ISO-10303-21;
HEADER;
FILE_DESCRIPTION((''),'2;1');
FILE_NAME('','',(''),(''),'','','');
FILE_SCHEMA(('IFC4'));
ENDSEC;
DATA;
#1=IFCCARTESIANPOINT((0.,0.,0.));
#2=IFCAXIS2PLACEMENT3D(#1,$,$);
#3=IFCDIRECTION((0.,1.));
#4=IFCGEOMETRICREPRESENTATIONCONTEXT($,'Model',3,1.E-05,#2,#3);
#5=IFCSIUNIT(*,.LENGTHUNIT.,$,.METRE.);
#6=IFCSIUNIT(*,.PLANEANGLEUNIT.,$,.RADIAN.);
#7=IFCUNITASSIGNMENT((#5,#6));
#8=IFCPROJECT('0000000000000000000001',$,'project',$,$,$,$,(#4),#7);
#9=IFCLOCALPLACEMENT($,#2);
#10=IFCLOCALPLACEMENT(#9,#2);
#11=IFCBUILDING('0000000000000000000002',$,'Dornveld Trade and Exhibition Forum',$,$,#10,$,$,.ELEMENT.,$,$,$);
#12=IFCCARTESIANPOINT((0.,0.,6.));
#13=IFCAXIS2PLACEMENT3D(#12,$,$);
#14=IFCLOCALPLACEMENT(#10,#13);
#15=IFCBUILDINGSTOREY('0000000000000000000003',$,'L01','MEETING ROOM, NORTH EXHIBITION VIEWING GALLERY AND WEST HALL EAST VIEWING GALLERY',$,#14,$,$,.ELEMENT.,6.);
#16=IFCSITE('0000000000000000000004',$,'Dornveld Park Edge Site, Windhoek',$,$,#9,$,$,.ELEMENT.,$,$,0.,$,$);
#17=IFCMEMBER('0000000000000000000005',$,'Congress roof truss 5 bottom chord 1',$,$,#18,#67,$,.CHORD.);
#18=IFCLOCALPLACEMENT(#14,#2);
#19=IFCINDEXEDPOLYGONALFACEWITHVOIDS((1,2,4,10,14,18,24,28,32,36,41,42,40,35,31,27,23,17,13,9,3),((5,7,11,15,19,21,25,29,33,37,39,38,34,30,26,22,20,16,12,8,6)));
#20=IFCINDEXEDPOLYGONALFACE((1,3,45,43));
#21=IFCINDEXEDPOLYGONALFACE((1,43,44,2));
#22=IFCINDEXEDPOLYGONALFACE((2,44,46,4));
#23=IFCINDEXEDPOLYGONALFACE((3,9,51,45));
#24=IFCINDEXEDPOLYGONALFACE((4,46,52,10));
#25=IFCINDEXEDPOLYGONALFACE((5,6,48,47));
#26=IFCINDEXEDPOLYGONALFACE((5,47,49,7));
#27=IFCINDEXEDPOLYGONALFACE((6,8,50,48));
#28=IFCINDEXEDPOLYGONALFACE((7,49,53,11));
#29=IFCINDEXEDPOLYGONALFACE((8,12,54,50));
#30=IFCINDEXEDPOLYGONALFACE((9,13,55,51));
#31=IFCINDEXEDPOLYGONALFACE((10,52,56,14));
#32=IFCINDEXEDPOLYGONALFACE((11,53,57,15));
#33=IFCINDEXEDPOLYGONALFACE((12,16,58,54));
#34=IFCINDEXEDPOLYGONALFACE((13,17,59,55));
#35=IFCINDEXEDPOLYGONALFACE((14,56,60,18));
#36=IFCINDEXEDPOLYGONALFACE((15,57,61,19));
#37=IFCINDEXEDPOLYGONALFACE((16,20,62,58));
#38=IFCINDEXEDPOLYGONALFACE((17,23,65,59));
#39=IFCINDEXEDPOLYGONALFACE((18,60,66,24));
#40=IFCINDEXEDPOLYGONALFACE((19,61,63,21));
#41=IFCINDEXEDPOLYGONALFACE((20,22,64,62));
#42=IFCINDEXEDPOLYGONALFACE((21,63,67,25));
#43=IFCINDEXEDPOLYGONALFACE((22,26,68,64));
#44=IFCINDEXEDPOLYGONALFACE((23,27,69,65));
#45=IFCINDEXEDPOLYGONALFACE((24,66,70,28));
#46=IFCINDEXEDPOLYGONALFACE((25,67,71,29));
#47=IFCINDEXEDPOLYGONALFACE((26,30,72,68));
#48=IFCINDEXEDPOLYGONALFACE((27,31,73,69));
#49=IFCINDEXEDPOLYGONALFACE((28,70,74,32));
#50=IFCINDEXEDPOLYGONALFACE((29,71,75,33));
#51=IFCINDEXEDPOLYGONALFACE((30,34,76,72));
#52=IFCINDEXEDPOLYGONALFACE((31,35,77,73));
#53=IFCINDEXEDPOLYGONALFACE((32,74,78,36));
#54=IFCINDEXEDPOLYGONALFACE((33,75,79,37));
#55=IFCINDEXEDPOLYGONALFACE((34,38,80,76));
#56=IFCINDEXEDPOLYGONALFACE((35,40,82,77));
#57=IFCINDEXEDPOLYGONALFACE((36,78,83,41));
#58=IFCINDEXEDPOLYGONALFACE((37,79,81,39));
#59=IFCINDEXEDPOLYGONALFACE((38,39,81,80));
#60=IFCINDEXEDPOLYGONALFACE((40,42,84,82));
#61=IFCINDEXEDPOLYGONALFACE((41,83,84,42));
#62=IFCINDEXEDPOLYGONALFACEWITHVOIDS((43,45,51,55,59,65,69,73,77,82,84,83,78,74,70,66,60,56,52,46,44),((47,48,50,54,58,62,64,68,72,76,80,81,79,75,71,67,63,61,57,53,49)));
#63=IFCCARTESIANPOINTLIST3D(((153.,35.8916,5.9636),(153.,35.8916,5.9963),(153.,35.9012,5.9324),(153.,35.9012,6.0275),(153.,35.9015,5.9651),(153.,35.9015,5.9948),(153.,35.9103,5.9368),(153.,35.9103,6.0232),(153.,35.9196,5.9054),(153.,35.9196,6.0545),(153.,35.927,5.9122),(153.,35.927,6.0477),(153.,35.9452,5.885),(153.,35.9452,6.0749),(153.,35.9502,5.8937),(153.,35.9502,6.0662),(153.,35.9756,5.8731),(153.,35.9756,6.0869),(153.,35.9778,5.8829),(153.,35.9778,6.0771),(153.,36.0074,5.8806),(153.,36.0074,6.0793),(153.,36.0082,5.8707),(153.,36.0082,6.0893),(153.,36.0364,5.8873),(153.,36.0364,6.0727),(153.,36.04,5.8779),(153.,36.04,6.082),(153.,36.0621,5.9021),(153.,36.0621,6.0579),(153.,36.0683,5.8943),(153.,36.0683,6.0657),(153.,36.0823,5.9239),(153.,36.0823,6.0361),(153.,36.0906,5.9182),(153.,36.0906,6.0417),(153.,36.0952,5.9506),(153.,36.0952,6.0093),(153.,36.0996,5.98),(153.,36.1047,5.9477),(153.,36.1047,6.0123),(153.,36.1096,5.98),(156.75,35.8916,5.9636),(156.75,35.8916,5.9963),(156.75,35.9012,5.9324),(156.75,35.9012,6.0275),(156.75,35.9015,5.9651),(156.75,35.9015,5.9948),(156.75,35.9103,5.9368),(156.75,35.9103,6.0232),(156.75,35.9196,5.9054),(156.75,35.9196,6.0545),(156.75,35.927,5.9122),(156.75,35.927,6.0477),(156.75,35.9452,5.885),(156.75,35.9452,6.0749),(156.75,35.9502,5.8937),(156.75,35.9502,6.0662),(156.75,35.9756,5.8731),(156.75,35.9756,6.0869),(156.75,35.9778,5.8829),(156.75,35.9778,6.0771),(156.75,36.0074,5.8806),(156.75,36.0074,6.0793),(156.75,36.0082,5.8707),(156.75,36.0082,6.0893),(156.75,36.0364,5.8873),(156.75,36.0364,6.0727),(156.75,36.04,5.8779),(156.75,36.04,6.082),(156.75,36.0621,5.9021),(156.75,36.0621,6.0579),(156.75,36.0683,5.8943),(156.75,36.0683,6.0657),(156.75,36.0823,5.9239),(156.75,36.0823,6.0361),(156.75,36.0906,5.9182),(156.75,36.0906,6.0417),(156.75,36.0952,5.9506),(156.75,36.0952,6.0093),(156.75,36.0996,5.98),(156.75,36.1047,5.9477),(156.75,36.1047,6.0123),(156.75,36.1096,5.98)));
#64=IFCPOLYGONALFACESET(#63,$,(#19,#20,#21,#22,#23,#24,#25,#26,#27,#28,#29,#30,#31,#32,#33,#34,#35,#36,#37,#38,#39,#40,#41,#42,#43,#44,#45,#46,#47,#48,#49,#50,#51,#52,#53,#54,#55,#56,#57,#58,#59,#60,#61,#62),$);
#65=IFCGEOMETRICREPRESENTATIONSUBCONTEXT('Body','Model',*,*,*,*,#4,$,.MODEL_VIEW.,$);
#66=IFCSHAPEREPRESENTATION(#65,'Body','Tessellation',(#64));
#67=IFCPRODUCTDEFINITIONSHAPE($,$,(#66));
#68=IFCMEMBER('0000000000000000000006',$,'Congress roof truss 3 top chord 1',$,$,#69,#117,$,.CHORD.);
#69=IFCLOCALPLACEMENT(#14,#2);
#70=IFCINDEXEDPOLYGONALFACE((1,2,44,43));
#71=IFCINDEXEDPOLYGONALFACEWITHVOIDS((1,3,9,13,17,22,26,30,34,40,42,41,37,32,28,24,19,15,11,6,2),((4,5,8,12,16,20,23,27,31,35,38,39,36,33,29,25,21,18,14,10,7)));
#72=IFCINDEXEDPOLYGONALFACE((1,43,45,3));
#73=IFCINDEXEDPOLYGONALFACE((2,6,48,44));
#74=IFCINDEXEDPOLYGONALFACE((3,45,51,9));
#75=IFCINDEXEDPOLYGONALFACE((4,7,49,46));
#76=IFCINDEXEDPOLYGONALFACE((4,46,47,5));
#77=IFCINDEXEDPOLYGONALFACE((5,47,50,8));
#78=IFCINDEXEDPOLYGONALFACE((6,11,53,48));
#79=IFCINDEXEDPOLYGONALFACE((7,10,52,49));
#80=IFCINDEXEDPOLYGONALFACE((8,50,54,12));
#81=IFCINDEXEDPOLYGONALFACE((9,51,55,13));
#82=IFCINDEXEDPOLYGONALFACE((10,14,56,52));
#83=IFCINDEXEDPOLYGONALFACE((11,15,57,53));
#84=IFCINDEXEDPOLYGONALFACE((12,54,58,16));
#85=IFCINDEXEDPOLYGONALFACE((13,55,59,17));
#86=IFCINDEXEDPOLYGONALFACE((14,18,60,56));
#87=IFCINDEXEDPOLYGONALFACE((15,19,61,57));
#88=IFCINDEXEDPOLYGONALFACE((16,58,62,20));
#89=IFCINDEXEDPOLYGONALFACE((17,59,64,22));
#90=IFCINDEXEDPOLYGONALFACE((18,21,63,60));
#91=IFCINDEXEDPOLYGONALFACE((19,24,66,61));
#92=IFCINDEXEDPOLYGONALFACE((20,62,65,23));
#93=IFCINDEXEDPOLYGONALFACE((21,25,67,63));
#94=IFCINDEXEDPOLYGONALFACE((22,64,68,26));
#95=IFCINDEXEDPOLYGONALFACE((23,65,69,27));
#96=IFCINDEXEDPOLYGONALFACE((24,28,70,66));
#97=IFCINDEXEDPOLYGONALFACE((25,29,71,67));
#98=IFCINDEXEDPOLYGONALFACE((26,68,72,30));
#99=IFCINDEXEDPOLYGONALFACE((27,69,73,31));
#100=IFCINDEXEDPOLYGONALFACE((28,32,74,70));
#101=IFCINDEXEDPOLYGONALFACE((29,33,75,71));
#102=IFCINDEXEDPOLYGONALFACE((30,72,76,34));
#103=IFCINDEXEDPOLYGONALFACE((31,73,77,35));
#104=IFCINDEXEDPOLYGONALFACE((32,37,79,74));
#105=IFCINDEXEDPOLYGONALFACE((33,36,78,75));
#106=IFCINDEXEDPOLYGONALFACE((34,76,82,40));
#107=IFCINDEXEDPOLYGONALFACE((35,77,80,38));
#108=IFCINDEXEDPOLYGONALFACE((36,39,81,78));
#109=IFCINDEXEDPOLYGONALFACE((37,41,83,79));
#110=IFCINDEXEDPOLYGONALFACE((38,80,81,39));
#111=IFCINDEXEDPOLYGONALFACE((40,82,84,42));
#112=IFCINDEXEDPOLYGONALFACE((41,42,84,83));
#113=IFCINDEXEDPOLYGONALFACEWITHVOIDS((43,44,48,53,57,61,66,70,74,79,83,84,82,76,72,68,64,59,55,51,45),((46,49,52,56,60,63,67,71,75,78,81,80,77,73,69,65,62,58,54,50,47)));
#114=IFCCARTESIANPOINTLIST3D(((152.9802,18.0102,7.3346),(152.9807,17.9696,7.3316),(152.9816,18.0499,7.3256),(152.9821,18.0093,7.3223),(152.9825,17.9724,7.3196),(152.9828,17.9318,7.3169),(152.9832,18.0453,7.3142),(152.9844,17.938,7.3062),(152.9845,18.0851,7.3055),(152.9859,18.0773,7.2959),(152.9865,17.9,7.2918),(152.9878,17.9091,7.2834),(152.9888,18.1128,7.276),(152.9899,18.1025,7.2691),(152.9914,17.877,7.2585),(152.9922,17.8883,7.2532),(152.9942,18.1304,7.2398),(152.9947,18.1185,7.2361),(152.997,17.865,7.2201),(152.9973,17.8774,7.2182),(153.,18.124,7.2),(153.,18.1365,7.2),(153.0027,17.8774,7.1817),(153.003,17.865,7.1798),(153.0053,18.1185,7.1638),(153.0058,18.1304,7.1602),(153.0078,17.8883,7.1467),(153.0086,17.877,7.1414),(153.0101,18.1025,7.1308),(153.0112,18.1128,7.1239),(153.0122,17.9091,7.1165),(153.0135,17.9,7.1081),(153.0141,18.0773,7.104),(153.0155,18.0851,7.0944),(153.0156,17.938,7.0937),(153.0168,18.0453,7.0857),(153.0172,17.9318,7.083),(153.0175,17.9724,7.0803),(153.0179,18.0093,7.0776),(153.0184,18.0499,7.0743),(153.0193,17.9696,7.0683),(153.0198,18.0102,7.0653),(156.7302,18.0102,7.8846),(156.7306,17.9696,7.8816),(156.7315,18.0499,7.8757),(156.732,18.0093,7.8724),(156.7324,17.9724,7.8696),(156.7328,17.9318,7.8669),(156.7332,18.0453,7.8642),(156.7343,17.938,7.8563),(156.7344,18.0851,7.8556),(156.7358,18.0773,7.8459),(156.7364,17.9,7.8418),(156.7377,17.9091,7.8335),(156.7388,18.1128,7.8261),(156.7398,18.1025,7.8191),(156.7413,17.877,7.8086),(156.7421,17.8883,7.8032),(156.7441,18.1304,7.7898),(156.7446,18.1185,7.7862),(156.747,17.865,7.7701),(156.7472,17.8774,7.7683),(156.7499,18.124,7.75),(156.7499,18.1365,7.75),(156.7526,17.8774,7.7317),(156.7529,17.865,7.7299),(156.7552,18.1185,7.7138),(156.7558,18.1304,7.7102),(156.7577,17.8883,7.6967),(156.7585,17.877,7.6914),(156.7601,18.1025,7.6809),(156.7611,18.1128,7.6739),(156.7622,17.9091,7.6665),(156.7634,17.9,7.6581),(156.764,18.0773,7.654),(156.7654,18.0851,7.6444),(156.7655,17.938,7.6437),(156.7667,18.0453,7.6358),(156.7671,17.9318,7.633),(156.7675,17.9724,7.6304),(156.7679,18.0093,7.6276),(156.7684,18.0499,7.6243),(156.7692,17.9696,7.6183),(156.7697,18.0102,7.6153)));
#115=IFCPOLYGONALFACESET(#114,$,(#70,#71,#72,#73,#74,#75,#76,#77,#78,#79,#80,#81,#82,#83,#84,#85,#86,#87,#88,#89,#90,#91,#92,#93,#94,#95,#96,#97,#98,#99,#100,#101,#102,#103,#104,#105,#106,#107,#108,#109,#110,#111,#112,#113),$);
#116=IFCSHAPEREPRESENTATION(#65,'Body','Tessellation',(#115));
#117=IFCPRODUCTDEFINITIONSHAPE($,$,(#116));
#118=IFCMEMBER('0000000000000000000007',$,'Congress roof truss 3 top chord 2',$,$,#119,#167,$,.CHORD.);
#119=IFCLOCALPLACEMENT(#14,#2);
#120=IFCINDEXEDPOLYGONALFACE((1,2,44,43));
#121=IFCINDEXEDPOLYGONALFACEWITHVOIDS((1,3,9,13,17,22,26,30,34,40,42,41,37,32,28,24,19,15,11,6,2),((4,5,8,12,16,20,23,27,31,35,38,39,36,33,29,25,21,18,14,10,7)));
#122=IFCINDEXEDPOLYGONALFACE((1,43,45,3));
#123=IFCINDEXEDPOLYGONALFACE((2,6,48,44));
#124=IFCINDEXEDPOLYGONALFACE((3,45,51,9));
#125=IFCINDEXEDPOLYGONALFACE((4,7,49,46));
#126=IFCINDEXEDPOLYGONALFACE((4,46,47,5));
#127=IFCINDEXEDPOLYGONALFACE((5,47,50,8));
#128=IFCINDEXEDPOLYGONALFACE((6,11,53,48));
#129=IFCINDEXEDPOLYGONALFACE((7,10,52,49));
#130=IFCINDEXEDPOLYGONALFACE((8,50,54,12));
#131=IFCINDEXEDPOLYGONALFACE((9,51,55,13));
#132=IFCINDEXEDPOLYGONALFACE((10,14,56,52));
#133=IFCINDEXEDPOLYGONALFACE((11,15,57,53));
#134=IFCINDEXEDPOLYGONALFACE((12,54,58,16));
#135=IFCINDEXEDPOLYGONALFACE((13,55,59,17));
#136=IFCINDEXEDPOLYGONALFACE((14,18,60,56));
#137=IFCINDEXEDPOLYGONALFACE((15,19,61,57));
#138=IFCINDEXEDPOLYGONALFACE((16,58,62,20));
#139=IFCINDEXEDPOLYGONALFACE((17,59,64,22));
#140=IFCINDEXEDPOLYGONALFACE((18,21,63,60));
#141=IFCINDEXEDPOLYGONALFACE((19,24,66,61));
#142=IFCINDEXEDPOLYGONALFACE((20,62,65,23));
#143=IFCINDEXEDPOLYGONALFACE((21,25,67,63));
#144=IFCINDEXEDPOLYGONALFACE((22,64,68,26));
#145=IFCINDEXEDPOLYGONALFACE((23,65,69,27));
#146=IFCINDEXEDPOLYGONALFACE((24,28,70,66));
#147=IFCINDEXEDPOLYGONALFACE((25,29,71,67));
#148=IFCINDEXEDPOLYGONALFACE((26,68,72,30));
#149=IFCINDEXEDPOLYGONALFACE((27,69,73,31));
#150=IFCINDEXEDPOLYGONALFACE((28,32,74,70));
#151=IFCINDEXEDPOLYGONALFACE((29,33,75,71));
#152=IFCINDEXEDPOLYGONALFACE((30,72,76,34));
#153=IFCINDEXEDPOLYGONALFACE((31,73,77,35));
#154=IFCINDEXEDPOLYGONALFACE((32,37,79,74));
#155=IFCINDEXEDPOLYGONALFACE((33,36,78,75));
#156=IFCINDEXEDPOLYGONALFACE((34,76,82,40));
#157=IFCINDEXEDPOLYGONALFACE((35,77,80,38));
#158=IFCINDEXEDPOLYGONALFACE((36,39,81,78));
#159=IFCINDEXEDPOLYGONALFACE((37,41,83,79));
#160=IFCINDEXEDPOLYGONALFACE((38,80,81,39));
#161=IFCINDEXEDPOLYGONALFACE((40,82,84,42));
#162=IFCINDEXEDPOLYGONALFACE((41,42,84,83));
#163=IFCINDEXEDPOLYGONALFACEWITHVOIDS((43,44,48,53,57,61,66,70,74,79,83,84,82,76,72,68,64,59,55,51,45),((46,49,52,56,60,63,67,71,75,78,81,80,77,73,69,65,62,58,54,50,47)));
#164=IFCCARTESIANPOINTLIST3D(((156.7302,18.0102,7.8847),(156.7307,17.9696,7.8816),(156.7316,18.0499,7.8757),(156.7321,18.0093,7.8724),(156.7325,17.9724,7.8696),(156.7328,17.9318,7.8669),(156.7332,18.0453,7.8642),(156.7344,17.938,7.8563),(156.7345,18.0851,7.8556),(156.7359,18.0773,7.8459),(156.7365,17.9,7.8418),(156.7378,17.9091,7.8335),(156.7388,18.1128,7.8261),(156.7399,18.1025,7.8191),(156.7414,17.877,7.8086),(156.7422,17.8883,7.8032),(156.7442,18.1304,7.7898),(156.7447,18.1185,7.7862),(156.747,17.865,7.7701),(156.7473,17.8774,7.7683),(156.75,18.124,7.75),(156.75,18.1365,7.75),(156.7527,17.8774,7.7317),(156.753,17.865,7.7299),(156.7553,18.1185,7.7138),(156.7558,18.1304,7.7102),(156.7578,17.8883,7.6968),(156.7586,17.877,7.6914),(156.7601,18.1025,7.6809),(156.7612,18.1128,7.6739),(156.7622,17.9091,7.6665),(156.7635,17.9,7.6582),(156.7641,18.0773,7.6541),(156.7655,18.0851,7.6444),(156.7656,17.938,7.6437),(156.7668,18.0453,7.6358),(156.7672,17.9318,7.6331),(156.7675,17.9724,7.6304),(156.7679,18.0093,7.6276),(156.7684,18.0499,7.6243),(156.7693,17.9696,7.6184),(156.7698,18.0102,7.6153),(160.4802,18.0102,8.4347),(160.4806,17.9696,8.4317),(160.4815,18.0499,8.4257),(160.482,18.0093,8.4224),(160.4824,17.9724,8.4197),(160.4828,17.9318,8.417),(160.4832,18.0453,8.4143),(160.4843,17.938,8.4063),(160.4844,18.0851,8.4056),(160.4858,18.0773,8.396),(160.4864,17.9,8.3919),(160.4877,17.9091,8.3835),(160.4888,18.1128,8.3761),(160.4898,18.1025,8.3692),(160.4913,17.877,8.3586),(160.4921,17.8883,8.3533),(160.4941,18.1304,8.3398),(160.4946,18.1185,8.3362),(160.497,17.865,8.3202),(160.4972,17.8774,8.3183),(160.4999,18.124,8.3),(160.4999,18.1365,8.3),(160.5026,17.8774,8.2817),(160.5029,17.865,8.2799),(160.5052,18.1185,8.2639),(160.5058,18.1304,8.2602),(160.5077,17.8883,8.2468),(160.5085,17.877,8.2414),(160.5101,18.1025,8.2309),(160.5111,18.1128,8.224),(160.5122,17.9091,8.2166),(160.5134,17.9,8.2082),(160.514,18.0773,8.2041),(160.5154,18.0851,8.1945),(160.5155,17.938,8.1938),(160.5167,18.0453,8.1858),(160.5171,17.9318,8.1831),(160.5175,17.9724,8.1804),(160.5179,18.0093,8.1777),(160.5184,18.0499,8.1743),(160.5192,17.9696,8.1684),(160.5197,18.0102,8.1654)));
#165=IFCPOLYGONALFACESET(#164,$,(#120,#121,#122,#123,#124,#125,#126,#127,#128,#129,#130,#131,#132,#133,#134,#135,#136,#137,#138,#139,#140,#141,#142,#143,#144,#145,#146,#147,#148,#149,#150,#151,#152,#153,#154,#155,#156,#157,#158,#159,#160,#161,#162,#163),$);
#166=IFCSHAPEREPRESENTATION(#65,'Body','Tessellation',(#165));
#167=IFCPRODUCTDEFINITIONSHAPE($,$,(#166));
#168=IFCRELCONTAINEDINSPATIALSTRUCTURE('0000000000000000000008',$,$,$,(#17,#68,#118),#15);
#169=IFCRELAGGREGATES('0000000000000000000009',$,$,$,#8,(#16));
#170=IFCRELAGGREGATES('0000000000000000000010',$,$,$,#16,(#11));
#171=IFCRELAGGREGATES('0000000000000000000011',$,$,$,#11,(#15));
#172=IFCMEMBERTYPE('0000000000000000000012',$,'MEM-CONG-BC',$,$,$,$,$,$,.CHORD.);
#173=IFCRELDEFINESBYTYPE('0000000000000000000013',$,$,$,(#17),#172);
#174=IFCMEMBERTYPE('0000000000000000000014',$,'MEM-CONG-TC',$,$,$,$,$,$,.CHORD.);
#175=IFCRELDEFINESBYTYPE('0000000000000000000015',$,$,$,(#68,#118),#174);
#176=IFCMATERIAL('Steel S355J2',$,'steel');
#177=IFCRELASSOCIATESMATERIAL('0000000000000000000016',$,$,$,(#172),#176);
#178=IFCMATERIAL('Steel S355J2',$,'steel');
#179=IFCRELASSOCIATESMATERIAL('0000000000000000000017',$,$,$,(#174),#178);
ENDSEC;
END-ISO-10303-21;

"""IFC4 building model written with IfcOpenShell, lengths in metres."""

from ifc_helpers import new_model, si_unit, direction, frame, origin, origin_2d, place, context, subcontext, project, spatial, hollow_circle, extrude, material, material_profile, profile_set, type_object, element, save


model = new_model("IFC4")

# Units and contexts
model_context = context("Model", 3, precision=1e-05, world=origin(), true_north=direction((0.0, 1.0)))
body_context = subcontext(model_context, "Body", "Model", "MODEL_VIEW")
ifc_project = project(units=[si_unit("LENGTHUNIT", "METRE"), si_unit("PLANEANGLEUNIT", "RADIAN")], contexts=[model_context])

# Site, building, storey
site_placement = place(None, origin())
site = spatial("IfcSite", under=ifc_project, at=site_placement, Name="Dornveld Park Edge Site, Windhoek", CompositionType="ELEMENT", RefElevation=0.0)
building_placement = place(site_placement, origin())
building = spatial("IfcBuilding", under=site, at=building_placement, Name="Dornveld Trade and Exhibition Forum", CompositionType="ELEMENT")
storey_placement = place(building_placement, frame((0.0, 0.0, 6.0)))
storey = spatial("IfcBuildingStorey", under=building, at=storey_placement, Name="L01", Description="MEETING ROOM, NORTH EXHIBITION VIEWING GALLERY AND WEST HALL EAST VIEWING GALLERY", CompositionType="ELEMENT", Elevation=6.0)

# Members
ifc_material_1 = material(Name="Steel S355J2", Category="steel")
ifc_material_profile_1 = material_profile(ifc_material_1, hollow_circle(Radius=0.1096, WallThickness=0.01, at=origin_2d()), Name="CHS 219.1x10")
ifc_profile_set_1 = profile_set([ifc_material_profile_1], Name="Steel S355J2")
member_type_1 = type_object("IfcMemberType", Name="MEM-CONG-BC", PredefinedType="CHORD", material=ifc_profile_set_1)
for number, where, z_axis, x_axis, name in (
    (1, (153.0, 36.0, 5.98), (1.0, 0.0, 0.0), (0.0, 1.0, 0.0), "Congress roof truss 5 bottom chord 1"),
):
    element("IfcMember", number, at=place(storey_placement, frame(where, z_axis=z_axis, x_axis=x_axis)), inside=storey, type_object=member_type_1, Name=name, PredefinedType="CHORD", context=body_context, shape_type="SweptSolid", body=[
        extrude(hollow_circle(Radius=0.1096, WallThickness=0.01, at=origin_2d()), origin(), (0.0, 0.0, 1.0), 3.75),
    ])
ifc_material_2 = material(Name="Steel S355J2", Category="steel")
ifc_material_profile_2 = material_profile(ifc_material_2, hollow_circle(Radius=0.1365, WallThickness=0.0125, at=origin_2d()), Name="CHS 273x12.5")
ifc_profile_set_2 = profile_set([ifc_material_profile_2], Name="Steel S355J2")
member_type_2 = type_object("IfcMemberType", Name="MEM-CONG-TC", PredefinedType="CHORD", material=ifc_profile_set_2)
for number, where, z_axis, x_axis, name in (
    (2, (153.0, 18.0, 7.2), (0.989413, 0.0, 0.145127), (0.0, 1.0, 0.0), "Congress roof truss 3 top chord 1"),
    (3, (156.75, 18.0, 7.75), (0.989413, 0.0, 0.145127), (0.0, 1.0, 0.0), "Congress roof truss 3 top chord 2"),
):
    element("IfcMember", number, at=place(storey_placement, frame(where, z_axis=z_axis, x_axis=x_axis)), inside=storey, type_object=member_type_2, Name=name, PredefinedType="CHORD", context=body_context, shape_type="SweptSolid", body=[
        extrude(hollow_circle(Radius=0.1365, WallThickness=0.0125, at=origin_2d()), origin(), (0.0, 0.0, 1.0), 3.79),
    ])

save(model, "model.ifc")
